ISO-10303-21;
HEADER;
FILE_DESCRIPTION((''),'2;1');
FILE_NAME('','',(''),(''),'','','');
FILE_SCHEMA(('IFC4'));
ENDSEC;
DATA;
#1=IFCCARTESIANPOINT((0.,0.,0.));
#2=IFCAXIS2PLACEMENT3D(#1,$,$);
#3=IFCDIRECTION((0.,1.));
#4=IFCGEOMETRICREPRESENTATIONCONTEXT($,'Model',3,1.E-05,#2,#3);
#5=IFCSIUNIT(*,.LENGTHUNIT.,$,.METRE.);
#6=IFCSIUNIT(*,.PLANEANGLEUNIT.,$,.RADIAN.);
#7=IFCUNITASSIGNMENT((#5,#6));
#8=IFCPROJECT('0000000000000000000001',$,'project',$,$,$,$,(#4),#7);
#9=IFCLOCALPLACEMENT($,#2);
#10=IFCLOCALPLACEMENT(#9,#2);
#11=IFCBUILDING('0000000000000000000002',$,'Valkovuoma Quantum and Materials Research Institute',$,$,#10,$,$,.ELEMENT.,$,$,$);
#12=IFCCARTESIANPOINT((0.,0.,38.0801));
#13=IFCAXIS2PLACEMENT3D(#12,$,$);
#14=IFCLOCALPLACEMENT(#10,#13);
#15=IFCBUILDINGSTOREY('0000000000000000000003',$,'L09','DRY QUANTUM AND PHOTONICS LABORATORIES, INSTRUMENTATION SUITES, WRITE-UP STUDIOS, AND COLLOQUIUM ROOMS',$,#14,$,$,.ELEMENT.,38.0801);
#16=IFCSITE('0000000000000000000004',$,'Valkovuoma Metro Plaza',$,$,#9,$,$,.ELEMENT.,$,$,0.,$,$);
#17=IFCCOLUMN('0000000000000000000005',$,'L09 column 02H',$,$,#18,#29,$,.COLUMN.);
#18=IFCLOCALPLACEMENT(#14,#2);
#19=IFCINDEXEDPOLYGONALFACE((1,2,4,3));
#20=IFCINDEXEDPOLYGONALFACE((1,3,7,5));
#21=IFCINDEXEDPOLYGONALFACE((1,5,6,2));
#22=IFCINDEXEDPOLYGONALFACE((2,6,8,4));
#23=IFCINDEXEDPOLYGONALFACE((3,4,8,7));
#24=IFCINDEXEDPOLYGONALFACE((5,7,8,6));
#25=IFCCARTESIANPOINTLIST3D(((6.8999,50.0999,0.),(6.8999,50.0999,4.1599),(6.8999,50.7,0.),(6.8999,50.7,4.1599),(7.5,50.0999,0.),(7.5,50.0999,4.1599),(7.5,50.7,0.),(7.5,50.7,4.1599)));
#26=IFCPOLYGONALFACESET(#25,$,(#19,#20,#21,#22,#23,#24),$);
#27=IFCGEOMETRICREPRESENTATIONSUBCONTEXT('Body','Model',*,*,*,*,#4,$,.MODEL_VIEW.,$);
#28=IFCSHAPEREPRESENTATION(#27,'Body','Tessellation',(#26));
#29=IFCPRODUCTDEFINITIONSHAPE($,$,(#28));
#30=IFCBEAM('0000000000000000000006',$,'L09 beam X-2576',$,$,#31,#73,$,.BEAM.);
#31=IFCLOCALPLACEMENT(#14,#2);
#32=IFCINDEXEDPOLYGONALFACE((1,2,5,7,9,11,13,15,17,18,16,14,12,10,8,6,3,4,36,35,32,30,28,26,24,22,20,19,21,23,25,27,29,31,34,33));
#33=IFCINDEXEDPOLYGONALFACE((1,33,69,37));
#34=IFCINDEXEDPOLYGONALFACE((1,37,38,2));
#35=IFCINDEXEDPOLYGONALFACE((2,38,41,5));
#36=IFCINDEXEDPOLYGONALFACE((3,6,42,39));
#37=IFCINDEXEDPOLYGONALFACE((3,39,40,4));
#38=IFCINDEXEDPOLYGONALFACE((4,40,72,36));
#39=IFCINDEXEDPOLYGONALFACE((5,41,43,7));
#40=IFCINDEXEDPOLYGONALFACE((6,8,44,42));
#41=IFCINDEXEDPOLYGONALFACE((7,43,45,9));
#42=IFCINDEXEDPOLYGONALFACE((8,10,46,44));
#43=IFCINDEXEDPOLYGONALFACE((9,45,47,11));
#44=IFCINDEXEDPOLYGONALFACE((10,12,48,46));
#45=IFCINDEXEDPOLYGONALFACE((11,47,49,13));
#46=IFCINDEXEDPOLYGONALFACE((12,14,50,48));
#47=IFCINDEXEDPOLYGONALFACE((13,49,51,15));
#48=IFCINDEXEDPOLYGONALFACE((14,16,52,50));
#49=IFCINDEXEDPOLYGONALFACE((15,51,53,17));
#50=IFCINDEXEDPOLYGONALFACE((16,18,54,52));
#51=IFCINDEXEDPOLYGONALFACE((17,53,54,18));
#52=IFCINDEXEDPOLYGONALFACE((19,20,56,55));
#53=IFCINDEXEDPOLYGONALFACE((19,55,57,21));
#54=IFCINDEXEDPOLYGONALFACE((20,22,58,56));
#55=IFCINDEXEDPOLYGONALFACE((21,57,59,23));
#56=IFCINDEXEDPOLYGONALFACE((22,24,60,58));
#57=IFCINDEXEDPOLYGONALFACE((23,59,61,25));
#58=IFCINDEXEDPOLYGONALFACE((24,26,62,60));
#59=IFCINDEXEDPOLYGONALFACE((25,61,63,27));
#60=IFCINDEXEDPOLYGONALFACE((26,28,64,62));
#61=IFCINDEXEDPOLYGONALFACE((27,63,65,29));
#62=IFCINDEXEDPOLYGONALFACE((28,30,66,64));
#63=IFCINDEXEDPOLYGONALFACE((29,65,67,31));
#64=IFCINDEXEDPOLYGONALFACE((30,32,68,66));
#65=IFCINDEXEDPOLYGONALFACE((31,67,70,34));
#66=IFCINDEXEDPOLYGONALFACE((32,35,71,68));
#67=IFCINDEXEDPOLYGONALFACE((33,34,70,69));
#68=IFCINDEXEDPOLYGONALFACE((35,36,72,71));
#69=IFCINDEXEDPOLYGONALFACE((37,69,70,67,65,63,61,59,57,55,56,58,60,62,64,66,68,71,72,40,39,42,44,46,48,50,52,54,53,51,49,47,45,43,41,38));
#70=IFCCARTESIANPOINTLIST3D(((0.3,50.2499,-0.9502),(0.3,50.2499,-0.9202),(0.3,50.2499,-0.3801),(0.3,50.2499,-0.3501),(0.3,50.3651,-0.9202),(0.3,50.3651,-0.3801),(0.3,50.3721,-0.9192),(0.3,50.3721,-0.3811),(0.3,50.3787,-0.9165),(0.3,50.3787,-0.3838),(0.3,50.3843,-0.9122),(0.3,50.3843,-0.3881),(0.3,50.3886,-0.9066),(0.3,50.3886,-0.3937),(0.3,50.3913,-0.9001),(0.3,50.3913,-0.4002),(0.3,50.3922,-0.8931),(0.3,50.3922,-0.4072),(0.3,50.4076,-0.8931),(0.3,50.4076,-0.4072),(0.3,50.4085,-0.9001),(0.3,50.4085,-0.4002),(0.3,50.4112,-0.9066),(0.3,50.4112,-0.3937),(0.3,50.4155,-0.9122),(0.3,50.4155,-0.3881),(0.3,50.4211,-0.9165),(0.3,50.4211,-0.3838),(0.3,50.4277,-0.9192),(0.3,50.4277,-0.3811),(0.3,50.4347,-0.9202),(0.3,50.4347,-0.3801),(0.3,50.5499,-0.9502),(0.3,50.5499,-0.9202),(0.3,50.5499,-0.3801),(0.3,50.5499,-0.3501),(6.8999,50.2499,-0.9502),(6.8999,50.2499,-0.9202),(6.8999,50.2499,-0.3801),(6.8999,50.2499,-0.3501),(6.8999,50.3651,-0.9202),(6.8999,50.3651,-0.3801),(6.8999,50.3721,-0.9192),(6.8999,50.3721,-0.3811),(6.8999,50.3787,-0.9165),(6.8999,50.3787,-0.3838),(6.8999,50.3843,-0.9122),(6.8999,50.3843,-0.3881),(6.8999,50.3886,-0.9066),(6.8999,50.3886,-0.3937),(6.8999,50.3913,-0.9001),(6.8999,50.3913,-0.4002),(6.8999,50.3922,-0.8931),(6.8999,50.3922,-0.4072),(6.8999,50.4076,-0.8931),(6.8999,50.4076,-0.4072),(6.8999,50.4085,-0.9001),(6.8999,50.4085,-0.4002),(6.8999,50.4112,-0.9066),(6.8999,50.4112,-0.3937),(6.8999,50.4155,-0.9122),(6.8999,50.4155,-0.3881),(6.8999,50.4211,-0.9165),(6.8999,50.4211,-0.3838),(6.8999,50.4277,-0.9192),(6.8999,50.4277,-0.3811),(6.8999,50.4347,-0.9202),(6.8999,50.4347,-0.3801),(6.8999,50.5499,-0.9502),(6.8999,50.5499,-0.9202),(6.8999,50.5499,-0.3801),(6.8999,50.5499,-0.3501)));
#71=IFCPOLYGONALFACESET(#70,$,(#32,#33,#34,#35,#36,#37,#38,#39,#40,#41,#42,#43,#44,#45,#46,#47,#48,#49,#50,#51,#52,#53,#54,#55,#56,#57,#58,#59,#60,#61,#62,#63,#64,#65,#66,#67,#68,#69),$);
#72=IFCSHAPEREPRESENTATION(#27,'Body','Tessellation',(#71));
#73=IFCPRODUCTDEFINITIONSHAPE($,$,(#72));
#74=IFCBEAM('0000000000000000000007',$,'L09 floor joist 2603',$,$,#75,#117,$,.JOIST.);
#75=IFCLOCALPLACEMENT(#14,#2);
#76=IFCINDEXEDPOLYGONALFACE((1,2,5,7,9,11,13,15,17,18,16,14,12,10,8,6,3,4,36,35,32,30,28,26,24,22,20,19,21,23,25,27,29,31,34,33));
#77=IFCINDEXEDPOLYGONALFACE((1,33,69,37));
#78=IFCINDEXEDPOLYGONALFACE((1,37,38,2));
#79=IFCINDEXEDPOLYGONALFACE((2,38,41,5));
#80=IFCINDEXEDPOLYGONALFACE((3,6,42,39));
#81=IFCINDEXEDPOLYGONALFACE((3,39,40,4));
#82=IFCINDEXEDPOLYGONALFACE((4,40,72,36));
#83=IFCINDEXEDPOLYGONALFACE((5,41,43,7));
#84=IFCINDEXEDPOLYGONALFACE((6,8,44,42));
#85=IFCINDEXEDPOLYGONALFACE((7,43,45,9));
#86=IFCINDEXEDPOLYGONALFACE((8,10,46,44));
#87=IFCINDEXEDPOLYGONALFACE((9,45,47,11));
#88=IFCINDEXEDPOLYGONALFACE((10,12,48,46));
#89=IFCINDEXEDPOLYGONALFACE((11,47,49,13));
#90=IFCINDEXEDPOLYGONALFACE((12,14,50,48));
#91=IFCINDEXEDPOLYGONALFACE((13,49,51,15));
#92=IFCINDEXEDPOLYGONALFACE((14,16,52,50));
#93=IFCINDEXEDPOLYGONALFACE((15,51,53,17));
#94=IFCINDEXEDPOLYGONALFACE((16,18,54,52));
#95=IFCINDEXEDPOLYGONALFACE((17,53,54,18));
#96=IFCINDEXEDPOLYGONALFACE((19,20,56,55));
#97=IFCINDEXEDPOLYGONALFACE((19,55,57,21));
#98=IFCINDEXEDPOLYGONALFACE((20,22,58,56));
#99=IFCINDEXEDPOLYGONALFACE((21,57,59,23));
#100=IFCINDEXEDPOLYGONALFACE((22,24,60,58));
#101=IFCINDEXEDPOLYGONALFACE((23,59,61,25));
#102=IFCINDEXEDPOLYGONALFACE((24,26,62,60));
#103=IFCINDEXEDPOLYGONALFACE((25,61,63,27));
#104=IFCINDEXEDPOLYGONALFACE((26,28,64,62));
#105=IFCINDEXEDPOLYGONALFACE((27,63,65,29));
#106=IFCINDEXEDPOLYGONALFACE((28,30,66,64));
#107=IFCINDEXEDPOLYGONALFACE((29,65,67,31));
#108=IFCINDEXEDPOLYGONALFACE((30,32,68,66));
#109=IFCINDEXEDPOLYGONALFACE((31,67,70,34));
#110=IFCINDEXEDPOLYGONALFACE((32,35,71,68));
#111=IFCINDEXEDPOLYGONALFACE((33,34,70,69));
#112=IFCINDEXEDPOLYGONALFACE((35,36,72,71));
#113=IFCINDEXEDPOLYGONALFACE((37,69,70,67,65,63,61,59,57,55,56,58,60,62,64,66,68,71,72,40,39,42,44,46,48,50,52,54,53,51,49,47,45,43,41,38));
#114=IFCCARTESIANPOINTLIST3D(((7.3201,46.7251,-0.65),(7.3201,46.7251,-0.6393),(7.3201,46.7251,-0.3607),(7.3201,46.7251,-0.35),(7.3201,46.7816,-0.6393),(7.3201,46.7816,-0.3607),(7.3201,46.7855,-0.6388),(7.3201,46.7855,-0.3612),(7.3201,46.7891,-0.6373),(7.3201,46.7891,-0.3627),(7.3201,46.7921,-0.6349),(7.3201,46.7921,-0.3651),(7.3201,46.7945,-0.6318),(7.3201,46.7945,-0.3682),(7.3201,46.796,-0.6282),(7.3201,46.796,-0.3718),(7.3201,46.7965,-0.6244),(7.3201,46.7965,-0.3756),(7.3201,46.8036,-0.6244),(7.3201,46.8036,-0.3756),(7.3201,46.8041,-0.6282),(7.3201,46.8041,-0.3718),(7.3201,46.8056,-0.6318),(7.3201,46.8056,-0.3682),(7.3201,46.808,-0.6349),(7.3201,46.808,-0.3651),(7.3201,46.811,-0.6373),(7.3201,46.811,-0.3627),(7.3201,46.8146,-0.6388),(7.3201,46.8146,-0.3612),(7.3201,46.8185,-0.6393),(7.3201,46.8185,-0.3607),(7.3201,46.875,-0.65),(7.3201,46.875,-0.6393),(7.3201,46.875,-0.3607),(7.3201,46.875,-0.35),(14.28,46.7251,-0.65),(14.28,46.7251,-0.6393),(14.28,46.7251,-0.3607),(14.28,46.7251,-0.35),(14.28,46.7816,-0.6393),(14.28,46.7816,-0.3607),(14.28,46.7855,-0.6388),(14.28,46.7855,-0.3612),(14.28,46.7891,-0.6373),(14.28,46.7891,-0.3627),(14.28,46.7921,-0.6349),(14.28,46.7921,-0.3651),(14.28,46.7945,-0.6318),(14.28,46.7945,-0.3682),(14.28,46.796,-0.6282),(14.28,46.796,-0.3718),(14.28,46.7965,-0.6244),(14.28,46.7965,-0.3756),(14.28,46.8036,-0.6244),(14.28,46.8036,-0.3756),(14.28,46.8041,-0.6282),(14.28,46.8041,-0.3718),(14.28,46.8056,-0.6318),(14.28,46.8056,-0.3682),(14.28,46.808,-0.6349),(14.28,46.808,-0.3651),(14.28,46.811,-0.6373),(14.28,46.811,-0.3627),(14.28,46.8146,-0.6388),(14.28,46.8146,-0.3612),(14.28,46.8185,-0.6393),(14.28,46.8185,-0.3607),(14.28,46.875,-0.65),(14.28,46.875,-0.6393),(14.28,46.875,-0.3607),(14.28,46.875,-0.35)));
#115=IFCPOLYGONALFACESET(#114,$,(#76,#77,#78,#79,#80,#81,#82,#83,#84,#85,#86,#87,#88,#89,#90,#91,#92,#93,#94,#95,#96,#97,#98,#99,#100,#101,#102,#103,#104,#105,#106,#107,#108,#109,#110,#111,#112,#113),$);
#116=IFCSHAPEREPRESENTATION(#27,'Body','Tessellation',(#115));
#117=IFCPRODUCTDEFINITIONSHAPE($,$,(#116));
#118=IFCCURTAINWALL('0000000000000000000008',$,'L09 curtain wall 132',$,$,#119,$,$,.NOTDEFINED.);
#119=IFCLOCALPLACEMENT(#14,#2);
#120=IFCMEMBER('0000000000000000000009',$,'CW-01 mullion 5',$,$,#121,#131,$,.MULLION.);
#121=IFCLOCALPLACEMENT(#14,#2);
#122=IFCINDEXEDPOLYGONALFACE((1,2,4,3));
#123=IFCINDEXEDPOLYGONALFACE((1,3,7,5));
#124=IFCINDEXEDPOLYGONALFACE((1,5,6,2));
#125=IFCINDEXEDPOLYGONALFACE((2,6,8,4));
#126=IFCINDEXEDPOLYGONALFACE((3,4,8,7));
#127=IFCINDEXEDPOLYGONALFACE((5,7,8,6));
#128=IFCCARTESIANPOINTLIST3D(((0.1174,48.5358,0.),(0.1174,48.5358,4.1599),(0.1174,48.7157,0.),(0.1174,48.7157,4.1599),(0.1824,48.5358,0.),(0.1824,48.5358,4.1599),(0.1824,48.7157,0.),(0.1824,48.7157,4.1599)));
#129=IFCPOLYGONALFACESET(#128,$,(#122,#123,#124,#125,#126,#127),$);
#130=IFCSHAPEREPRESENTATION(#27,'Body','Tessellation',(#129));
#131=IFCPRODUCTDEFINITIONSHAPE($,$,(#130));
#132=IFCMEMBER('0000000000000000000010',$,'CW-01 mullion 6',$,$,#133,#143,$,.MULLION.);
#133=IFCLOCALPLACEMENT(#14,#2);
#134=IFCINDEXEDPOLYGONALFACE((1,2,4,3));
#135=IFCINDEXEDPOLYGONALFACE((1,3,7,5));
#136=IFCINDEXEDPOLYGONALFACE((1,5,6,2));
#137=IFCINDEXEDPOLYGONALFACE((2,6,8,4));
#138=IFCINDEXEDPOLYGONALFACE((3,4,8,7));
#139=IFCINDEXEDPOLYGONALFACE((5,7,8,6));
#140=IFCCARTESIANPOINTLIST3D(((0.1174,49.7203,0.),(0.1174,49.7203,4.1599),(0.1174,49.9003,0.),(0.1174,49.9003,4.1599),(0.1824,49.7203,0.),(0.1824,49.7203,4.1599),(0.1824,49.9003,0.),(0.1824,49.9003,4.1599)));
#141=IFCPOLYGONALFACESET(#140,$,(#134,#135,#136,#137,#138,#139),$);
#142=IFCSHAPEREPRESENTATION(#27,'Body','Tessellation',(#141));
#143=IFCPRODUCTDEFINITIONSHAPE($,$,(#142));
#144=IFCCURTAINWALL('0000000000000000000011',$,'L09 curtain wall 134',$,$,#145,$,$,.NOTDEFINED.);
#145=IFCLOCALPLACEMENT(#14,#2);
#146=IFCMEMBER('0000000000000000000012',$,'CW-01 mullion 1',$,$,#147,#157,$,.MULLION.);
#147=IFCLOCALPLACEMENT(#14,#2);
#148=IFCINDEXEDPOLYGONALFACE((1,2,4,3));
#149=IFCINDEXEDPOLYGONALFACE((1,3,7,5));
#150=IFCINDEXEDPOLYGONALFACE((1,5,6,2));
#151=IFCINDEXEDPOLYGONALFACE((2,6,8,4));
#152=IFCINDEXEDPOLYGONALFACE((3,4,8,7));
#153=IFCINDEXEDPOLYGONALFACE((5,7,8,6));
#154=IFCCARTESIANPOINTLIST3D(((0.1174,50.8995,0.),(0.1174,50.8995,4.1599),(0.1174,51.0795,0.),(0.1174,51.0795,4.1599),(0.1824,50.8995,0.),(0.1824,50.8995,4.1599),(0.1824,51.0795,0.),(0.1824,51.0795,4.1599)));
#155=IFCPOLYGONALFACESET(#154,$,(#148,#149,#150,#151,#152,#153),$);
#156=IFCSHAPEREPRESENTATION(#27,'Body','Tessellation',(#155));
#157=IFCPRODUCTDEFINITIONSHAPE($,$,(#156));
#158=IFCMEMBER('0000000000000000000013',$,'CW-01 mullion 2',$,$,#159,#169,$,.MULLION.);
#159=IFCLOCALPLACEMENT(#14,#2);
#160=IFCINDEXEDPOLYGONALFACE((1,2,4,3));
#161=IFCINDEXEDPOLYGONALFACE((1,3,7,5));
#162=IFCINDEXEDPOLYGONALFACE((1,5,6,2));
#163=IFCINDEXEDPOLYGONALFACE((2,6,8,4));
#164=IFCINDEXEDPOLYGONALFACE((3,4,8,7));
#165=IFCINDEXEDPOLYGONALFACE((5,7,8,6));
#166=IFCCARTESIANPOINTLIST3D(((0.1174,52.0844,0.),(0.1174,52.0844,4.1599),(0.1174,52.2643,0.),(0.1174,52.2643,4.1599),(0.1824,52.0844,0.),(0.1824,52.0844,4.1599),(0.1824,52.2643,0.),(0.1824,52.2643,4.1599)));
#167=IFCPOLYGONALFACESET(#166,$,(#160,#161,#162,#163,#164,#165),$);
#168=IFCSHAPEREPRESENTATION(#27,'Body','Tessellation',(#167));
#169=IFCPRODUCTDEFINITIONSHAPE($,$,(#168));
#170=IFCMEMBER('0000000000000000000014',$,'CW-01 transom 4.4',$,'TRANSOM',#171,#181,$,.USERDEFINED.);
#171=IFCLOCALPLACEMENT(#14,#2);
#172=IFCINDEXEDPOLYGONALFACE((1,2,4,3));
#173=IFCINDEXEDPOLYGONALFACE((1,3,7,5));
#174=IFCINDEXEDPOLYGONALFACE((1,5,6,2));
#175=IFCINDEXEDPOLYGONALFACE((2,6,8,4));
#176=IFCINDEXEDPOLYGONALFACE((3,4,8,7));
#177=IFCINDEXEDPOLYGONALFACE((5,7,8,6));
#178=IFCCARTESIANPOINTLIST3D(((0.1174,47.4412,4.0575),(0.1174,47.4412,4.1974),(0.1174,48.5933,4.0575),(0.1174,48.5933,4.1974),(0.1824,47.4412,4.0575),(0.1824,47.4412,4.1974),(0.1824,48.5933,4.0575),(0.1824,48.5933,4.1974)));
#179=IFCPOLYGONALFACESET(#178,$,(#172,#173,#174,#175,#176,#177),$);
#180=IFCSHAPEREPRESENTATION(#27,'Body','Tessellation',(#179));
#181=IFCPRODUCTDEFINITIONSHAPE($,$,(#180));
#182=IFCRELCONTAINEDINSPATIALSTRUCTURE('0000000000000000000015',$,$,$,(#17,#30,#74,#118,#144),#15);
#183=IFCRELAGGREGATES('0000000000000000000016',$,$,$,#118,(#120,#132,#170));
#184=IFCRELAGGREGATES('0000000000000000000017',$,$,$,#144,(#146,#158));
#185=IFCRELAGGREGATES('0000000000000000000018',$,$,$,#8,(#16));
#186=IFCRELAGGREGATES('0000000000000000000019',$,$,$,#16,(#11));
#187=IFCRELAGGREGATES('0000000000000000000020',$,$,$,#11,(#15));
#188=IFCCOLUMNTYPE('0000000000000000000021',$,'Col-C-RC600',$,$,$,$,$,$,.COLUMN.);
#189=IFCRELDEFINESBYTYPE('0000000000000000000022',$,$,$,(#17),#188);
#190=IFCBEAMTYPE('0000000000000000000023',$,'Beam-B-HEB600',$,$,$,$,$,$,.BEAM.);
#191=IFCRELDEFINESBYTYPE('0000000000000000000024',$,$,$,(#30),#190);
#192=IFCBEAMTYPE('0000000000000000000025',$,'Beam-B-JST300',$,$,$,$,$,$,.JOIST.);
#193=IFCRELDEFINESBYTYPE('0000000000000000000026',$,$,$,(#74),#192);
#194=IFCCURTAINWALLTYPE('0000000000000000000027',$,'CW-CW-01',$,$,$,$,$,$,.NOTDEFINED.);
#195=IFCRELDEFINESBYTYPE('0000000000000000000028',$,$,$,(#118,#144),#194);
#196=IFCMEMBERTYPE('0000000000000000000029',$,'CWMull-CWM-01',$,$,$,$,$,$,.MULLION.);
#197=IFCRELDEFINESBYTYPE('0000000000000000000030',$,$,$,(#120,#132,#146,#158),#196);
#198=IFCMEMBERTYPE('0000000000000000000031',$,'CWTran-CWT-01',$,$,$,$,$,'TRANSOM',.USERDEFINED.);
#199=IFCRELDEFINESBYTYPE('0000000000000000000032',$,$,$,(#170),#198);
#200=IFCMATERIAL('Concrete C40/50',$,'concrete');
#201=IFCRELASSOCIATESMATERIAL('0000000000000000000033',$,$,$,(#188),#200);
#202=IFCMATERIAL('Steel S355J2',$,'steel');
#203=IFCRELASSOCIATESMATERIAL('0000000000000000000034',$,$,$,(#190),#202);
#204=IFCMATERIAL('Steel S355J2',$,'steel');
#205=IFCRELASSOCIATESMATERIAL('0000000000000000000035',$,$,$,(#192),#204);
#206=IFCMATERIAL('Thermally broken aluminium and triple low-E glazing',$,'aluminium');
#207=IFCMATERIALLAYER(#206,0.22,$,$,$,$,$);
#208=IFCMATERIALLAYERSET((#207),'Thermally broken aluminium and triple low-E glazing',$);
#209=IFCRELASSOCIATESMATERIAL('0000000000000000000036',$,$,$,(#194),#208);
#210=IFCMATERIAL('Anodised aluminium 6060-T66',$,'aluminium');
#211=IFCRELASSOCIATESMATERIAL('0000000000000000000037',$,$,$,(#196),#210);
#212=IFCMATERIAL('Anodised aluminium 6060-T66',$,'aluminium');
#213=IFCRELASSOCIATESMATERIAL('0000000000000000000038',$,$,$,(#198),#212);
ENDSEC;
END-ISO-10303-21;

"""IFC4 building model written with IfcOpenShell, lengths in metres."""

from ifc_helpers import new_model, si_unit, direction, frame, origin, origin_2d, place, context, subcontext, project, spatial, rectangle, i_section, extrude, material, layer, layer_set, material_profile, profile_set, type_object, element, aggregate, save


model = new_model("IFC4")

# Units and contexts
model_context = context("Model", 3, precision=1e-05, world=origin(), true_north=direction((0.0, 1.0)))
body_context = subcontext(model_context, "Body", "Model", "MODEL_VIEW")
ifc_project = project(units=[si_unit("LENGTHUNIT", "METRE"), si_unit("PLANEANGLEUNIT", "RADIAN")], contexts=[model_context])

# Site, building, storey
site_placement = place(None, origin())
site = spatial("IfcSite", under=ifc_project, at=site_placement, Name="Valkovuoma Metro Plaza", CompositionType="ELEMENT", RefElevation=0.0)
building_placement = place(site_placement, origin())
building = spatial("IfcBuilding", under=site, at=building_placement, Name="Valkovuoma Quantum and Materials Research Institute", CompositionType="ELEMENT")
storey_placement = place(building_placement, frame((0.0, 0.0, 38.0801)))
storey = spatial("IfcBuildingStorey", under=building, at=storey_placement, Name="L09", Description="DRY QUANTUM AND PHOTONICS LABORATORIES, INSTRUMENTATION SUITES, WRITE-UP STUDIOS, AND COLLOQUIUM ROOMS", CompositionType="ELEMENT", Elevation=38.0801)

# Column
ifc_material_1 = material(Name="Concrete C40/50", Category="concrete")
ifc_material_profile_1 = material_profile(ifc_material_1, rectangle(XDim=0.6001, YDim=0.6001, at=origin_2d()), Name="Concrete C40/50")
ifc_profile_set_1 = profile_set([ifc_material_profile_1], Name="Concrete C40/50")
column_type = type_object("IfcColumnType", Name="Col-C-RC600", PredefinedType="COLUMN", material=ifc_profile_set_1)
column_placement = place(storey_placement, frame((7.2, 50.3999, 0.0), z_axis=(0.0, 0.0, 1.0), x_axis=(1.0, 0.0, 0.0)))
element("IfcColumn", 1, at=column_placement, inside=storey, type_object=column_type, Name="L09 column 02H", PredefinedType="COLUMN", context=body_context, shape_type="SweptSolid", body=[
    extrude(rectangle(XDim=0.6001, YDim=0.6001, at=origin_2d()), origin(), (0.0, 0.0, 1.0), 4.1599),
])

# Beams
ifc_material_2 = material(Name="Steel S355J2", Category="steel")
ifc_material_profile_2 = material_profile(ifc_material_2, i_section(OverallWidth=0.3, OverallDepth=0.6001, WebThickness=0.0154, FlangeThickness=0.03, FilletRadius=0.0271, at=origin_2d()), Name="Steel S355J2")
ifc_profile_set_2 = profile_set([ifc_material_profile_2], Name="Steel S355J2")
beam_type_1 = type_object("IfcBeamType", Name="Beam-B-HEB600", PredefinedType="BEAM", material=ifc_profile_set_2)
beam_1_placement = place(storey_placement, frame((0.3, 50.3999, -0.6501), z_axis=(1.0, 0.0, 0.0), x_axis=(0.0, 1.0, 0.0)))
element("IfcBeam", 2, at=beam_1_placement, inside=storey, type_object=beam_type_1, Name="L09 beam X-2576", PredefinedType="BEAM", context=body_context, shape_type="SweptSolid", body=[
    extrude(i_section(OverallWidth=0.3, OverallDepth=0.6001, WebThickness=0.0154, FlangeThickness=0.03, FilletRadius=0.0271, at=origin_2d()), origin(), (0.0, 0.0, 1.0), 6.5999),
])
ifc_material_3 = material(Name="Steel S355J2", Category="steel")
ifc_material_profile_3 = material_profile(ifc_material_3, i_section(OverallWidth=0.1499, OverallDepth=0.3, WebThickness=0.0071, FlangeThickness=0.0107, FilletRadius=0.0149, at=origin_2d()), Name="Steel S355J2")
ifc_profile_set_3 = profile_set([ifc_material_profile_3], Name="Steel S355J2")
beam_type_2 = type_object("IfcBeamType", Name="Beam-B-JST300", PredefinedType="JOIST", material=ifc_profile_set_3)
beam_2_placement = place(storey_placement, frame((7.3201, 46.8, -0.5), z_axis=(1.0, 0.0, 0.0), x_axis=(0.0, 1.0, 0.0)))
element("IfcBeam", 3, at=beam_2_placement, inside=storey, type_object=beam_type_2, Name="L09 floor joist 2603", PredefinedType="JOIST", context=body_context, shape_type="SweptSolid", body=[
    extrude(i_section(OverallWidth=0.1499, OverallDepth=0.3, WebThickness=0.0071, FlangeThickness=0.0107, FilletRadius=0.0149, at=origin_2d()), origin(), (0.0, 0.0, 1.0), 6.96),
])

# Curtain walls, members
ifc_material_4 = material(Name="Thermally broken aluminium and triple low-E glazing", Category="aluminium")
ifc_layer_1 = layer(ifc_material_4, 0.22)
ifc_layer_set_1 = layer_set([ifc_layer_1], Name="Thermally broken aluminium and triple low-E glazing")
curtain_wall_type = type_object("IfcCurtainWallType", Name="CW-CW-01", PredefinedType="NOTDEFINED", material=ifc_layer_set_1)
curtain_wall_1_placement = place(storey_placement, origin())
curtain_wall_1 = element("IfcCurtainWall", 4, at=curtain_wall_1_placement, inside=storey, type_object=curtain_wall_type, Name="L09 curtain wall 132", PredefinedType="NOTDEFINED")
ifc_material_5 = material(Name="Anodised aluminium 6060-T66", Category="aluminium")
ifc_material_profile_4 = material_profile(ifc_material_5, rectangle(XDim=0.0649, YDim=0.1799, at=origin_2d()), Name="Anodised aluminium 6060-T66")
ifc_profile_set_4 = profile_set([ifc_material_profile_4], Name="Anodised aluminium 6060-T66")
member_type_1 = type_object("IfcMemberType", Name="CWMull-CWM-01", PredefinedType="MULLION", material=ifc_profile_set_4)
member_1_placement = place(storey_placement, frame((0.1499, 48.6257, 0.0), z_axis=(0.0, 0.0, 1.0), x_axis=(-1.0, 0.0, 0.0)))
member_1 = element("IfcMember", 5, at=member_1_placement, type_object=member_type_1, Name="CW-01 mullion 5", PredefinedType="MULLION", context=body_context, shape_type="SweptSolid", body=[
    extrude(rectangle(XDim=0.0649, YDim=0.1799, at=origin_2d()), origin(), (0.0, 0.0, 1.0), 4.1599),
])
member_2_placement = place(storey_placement, frame((0.1499, 49.8103, 0.0), z_axis=(0.0, 0.0, 1.0), x_axis=(-1.0, 0.0, 0.0)))
member_2 = element("IfcMember", 6, at=member_2_placement, type_object=member_type_1, Name="CW-01 mullion 6", PredefinedType="MULLION", context=body_context, shape_type="SweptSolid", body=[
    extrude(rectangle(XDim=0.0649, YDim=0.1799, at=origin_2d()), origin(), (0.0, 0.0, 1.0), 4.1599),
])
curtain_wall_2_placement = place(storey_placement, origin())
curtain_wall_2 = element("IfcCurtainWall", 7, at=curtain_wall_2_placement, inside=storey, type_object=curtain_wall_type, Name="L09 curtain wall 134", PredefinedType="NOTDEFINED")
member_3_placement = place(storey_placement, frame((0.1499, 50.9895, 0.0), z_axis=(0.0, 0.0, 1.0), x_axis=(-1.0, 0.0, 0.0)))
member_3 = element("IfcMember", 8, at=member_3_placement, type_object=member_type_1, Name="CW-01 mullion 1", PredefinedType="MULLION", context=body_context, shape_type="SweptSolid", body=[
    extrude(rectangle(XDim=0.0649, YDim=0.1799, at=origin_2d()), origin(), (0.0, 0.0, 1.0), 4.1599),
])
member_4_placement = place(storey_placement, frame((0.1499, 52.1743, 0.0), z_axis=(0.0, 0.0, 1.0), x_axis=(-1.0, 0.0, 0.0)))
member_4 = element("IfcMember", 9, at=member_4_placement, type_object=member_type_1, Name="CW-01 mullion 2", PredefinedType="MULLION", context=body_context, shape_type="SweptSolid", body=[
    extrude(rectangle(XDim=0.0649, YDim=0.1799, at=origin_2d()), origin(), (0.0, 0.0, 1.0), 4.1599),
])

# Member
ifc_material_6 = material(Name="Anodised aluminium 6060-T66", Category="aluminium")
ifc_material_profile_5 = material_profile(ifc_material_6, rectangle(XDim=0.0649, YDim=0.1399, at=origin_2d()), Name="Anodised aluminium 6060-T66")
ifc_profile_set_5 = profile_set([ifc_material_profile_5], Name="Anodised aluminium 6060-T66")
member_type_2 = type_object("IfcMemberType", Name="CWTran-CWT-01", ElementType="TRANSOM", PredefinedType="USERDEFINED", material=ifc_profile_set_5)
member_5_placement = place(storey_placement, frame((0.1499, 47.4412, 4.1274), z_axis=(0.0, 1.0, 0.0), x_axis=(-1.0, 0.0, 0.0)))
member_5 = element("IfcMember", 10, at=member_5_placement, type_object=member_type_2, Name="CW-01 transom 4.4", ObjectType="TRANSOM", PredefinedType="USERDEFINED", context=body_context, shape_type="SweptSolid", body=[
    extrude(rectangle(XDim=0.0649, YDim=0.1399, at=origin_2d()), origin(), (0.0, 0.0, 1.0), 1.1521),
])

aggregate(curtain_wall_1, [member_1, member_2, member_5])
aggregate(curtain_wall_2, [member_3, member_4])

save(model, "model.ifc")
